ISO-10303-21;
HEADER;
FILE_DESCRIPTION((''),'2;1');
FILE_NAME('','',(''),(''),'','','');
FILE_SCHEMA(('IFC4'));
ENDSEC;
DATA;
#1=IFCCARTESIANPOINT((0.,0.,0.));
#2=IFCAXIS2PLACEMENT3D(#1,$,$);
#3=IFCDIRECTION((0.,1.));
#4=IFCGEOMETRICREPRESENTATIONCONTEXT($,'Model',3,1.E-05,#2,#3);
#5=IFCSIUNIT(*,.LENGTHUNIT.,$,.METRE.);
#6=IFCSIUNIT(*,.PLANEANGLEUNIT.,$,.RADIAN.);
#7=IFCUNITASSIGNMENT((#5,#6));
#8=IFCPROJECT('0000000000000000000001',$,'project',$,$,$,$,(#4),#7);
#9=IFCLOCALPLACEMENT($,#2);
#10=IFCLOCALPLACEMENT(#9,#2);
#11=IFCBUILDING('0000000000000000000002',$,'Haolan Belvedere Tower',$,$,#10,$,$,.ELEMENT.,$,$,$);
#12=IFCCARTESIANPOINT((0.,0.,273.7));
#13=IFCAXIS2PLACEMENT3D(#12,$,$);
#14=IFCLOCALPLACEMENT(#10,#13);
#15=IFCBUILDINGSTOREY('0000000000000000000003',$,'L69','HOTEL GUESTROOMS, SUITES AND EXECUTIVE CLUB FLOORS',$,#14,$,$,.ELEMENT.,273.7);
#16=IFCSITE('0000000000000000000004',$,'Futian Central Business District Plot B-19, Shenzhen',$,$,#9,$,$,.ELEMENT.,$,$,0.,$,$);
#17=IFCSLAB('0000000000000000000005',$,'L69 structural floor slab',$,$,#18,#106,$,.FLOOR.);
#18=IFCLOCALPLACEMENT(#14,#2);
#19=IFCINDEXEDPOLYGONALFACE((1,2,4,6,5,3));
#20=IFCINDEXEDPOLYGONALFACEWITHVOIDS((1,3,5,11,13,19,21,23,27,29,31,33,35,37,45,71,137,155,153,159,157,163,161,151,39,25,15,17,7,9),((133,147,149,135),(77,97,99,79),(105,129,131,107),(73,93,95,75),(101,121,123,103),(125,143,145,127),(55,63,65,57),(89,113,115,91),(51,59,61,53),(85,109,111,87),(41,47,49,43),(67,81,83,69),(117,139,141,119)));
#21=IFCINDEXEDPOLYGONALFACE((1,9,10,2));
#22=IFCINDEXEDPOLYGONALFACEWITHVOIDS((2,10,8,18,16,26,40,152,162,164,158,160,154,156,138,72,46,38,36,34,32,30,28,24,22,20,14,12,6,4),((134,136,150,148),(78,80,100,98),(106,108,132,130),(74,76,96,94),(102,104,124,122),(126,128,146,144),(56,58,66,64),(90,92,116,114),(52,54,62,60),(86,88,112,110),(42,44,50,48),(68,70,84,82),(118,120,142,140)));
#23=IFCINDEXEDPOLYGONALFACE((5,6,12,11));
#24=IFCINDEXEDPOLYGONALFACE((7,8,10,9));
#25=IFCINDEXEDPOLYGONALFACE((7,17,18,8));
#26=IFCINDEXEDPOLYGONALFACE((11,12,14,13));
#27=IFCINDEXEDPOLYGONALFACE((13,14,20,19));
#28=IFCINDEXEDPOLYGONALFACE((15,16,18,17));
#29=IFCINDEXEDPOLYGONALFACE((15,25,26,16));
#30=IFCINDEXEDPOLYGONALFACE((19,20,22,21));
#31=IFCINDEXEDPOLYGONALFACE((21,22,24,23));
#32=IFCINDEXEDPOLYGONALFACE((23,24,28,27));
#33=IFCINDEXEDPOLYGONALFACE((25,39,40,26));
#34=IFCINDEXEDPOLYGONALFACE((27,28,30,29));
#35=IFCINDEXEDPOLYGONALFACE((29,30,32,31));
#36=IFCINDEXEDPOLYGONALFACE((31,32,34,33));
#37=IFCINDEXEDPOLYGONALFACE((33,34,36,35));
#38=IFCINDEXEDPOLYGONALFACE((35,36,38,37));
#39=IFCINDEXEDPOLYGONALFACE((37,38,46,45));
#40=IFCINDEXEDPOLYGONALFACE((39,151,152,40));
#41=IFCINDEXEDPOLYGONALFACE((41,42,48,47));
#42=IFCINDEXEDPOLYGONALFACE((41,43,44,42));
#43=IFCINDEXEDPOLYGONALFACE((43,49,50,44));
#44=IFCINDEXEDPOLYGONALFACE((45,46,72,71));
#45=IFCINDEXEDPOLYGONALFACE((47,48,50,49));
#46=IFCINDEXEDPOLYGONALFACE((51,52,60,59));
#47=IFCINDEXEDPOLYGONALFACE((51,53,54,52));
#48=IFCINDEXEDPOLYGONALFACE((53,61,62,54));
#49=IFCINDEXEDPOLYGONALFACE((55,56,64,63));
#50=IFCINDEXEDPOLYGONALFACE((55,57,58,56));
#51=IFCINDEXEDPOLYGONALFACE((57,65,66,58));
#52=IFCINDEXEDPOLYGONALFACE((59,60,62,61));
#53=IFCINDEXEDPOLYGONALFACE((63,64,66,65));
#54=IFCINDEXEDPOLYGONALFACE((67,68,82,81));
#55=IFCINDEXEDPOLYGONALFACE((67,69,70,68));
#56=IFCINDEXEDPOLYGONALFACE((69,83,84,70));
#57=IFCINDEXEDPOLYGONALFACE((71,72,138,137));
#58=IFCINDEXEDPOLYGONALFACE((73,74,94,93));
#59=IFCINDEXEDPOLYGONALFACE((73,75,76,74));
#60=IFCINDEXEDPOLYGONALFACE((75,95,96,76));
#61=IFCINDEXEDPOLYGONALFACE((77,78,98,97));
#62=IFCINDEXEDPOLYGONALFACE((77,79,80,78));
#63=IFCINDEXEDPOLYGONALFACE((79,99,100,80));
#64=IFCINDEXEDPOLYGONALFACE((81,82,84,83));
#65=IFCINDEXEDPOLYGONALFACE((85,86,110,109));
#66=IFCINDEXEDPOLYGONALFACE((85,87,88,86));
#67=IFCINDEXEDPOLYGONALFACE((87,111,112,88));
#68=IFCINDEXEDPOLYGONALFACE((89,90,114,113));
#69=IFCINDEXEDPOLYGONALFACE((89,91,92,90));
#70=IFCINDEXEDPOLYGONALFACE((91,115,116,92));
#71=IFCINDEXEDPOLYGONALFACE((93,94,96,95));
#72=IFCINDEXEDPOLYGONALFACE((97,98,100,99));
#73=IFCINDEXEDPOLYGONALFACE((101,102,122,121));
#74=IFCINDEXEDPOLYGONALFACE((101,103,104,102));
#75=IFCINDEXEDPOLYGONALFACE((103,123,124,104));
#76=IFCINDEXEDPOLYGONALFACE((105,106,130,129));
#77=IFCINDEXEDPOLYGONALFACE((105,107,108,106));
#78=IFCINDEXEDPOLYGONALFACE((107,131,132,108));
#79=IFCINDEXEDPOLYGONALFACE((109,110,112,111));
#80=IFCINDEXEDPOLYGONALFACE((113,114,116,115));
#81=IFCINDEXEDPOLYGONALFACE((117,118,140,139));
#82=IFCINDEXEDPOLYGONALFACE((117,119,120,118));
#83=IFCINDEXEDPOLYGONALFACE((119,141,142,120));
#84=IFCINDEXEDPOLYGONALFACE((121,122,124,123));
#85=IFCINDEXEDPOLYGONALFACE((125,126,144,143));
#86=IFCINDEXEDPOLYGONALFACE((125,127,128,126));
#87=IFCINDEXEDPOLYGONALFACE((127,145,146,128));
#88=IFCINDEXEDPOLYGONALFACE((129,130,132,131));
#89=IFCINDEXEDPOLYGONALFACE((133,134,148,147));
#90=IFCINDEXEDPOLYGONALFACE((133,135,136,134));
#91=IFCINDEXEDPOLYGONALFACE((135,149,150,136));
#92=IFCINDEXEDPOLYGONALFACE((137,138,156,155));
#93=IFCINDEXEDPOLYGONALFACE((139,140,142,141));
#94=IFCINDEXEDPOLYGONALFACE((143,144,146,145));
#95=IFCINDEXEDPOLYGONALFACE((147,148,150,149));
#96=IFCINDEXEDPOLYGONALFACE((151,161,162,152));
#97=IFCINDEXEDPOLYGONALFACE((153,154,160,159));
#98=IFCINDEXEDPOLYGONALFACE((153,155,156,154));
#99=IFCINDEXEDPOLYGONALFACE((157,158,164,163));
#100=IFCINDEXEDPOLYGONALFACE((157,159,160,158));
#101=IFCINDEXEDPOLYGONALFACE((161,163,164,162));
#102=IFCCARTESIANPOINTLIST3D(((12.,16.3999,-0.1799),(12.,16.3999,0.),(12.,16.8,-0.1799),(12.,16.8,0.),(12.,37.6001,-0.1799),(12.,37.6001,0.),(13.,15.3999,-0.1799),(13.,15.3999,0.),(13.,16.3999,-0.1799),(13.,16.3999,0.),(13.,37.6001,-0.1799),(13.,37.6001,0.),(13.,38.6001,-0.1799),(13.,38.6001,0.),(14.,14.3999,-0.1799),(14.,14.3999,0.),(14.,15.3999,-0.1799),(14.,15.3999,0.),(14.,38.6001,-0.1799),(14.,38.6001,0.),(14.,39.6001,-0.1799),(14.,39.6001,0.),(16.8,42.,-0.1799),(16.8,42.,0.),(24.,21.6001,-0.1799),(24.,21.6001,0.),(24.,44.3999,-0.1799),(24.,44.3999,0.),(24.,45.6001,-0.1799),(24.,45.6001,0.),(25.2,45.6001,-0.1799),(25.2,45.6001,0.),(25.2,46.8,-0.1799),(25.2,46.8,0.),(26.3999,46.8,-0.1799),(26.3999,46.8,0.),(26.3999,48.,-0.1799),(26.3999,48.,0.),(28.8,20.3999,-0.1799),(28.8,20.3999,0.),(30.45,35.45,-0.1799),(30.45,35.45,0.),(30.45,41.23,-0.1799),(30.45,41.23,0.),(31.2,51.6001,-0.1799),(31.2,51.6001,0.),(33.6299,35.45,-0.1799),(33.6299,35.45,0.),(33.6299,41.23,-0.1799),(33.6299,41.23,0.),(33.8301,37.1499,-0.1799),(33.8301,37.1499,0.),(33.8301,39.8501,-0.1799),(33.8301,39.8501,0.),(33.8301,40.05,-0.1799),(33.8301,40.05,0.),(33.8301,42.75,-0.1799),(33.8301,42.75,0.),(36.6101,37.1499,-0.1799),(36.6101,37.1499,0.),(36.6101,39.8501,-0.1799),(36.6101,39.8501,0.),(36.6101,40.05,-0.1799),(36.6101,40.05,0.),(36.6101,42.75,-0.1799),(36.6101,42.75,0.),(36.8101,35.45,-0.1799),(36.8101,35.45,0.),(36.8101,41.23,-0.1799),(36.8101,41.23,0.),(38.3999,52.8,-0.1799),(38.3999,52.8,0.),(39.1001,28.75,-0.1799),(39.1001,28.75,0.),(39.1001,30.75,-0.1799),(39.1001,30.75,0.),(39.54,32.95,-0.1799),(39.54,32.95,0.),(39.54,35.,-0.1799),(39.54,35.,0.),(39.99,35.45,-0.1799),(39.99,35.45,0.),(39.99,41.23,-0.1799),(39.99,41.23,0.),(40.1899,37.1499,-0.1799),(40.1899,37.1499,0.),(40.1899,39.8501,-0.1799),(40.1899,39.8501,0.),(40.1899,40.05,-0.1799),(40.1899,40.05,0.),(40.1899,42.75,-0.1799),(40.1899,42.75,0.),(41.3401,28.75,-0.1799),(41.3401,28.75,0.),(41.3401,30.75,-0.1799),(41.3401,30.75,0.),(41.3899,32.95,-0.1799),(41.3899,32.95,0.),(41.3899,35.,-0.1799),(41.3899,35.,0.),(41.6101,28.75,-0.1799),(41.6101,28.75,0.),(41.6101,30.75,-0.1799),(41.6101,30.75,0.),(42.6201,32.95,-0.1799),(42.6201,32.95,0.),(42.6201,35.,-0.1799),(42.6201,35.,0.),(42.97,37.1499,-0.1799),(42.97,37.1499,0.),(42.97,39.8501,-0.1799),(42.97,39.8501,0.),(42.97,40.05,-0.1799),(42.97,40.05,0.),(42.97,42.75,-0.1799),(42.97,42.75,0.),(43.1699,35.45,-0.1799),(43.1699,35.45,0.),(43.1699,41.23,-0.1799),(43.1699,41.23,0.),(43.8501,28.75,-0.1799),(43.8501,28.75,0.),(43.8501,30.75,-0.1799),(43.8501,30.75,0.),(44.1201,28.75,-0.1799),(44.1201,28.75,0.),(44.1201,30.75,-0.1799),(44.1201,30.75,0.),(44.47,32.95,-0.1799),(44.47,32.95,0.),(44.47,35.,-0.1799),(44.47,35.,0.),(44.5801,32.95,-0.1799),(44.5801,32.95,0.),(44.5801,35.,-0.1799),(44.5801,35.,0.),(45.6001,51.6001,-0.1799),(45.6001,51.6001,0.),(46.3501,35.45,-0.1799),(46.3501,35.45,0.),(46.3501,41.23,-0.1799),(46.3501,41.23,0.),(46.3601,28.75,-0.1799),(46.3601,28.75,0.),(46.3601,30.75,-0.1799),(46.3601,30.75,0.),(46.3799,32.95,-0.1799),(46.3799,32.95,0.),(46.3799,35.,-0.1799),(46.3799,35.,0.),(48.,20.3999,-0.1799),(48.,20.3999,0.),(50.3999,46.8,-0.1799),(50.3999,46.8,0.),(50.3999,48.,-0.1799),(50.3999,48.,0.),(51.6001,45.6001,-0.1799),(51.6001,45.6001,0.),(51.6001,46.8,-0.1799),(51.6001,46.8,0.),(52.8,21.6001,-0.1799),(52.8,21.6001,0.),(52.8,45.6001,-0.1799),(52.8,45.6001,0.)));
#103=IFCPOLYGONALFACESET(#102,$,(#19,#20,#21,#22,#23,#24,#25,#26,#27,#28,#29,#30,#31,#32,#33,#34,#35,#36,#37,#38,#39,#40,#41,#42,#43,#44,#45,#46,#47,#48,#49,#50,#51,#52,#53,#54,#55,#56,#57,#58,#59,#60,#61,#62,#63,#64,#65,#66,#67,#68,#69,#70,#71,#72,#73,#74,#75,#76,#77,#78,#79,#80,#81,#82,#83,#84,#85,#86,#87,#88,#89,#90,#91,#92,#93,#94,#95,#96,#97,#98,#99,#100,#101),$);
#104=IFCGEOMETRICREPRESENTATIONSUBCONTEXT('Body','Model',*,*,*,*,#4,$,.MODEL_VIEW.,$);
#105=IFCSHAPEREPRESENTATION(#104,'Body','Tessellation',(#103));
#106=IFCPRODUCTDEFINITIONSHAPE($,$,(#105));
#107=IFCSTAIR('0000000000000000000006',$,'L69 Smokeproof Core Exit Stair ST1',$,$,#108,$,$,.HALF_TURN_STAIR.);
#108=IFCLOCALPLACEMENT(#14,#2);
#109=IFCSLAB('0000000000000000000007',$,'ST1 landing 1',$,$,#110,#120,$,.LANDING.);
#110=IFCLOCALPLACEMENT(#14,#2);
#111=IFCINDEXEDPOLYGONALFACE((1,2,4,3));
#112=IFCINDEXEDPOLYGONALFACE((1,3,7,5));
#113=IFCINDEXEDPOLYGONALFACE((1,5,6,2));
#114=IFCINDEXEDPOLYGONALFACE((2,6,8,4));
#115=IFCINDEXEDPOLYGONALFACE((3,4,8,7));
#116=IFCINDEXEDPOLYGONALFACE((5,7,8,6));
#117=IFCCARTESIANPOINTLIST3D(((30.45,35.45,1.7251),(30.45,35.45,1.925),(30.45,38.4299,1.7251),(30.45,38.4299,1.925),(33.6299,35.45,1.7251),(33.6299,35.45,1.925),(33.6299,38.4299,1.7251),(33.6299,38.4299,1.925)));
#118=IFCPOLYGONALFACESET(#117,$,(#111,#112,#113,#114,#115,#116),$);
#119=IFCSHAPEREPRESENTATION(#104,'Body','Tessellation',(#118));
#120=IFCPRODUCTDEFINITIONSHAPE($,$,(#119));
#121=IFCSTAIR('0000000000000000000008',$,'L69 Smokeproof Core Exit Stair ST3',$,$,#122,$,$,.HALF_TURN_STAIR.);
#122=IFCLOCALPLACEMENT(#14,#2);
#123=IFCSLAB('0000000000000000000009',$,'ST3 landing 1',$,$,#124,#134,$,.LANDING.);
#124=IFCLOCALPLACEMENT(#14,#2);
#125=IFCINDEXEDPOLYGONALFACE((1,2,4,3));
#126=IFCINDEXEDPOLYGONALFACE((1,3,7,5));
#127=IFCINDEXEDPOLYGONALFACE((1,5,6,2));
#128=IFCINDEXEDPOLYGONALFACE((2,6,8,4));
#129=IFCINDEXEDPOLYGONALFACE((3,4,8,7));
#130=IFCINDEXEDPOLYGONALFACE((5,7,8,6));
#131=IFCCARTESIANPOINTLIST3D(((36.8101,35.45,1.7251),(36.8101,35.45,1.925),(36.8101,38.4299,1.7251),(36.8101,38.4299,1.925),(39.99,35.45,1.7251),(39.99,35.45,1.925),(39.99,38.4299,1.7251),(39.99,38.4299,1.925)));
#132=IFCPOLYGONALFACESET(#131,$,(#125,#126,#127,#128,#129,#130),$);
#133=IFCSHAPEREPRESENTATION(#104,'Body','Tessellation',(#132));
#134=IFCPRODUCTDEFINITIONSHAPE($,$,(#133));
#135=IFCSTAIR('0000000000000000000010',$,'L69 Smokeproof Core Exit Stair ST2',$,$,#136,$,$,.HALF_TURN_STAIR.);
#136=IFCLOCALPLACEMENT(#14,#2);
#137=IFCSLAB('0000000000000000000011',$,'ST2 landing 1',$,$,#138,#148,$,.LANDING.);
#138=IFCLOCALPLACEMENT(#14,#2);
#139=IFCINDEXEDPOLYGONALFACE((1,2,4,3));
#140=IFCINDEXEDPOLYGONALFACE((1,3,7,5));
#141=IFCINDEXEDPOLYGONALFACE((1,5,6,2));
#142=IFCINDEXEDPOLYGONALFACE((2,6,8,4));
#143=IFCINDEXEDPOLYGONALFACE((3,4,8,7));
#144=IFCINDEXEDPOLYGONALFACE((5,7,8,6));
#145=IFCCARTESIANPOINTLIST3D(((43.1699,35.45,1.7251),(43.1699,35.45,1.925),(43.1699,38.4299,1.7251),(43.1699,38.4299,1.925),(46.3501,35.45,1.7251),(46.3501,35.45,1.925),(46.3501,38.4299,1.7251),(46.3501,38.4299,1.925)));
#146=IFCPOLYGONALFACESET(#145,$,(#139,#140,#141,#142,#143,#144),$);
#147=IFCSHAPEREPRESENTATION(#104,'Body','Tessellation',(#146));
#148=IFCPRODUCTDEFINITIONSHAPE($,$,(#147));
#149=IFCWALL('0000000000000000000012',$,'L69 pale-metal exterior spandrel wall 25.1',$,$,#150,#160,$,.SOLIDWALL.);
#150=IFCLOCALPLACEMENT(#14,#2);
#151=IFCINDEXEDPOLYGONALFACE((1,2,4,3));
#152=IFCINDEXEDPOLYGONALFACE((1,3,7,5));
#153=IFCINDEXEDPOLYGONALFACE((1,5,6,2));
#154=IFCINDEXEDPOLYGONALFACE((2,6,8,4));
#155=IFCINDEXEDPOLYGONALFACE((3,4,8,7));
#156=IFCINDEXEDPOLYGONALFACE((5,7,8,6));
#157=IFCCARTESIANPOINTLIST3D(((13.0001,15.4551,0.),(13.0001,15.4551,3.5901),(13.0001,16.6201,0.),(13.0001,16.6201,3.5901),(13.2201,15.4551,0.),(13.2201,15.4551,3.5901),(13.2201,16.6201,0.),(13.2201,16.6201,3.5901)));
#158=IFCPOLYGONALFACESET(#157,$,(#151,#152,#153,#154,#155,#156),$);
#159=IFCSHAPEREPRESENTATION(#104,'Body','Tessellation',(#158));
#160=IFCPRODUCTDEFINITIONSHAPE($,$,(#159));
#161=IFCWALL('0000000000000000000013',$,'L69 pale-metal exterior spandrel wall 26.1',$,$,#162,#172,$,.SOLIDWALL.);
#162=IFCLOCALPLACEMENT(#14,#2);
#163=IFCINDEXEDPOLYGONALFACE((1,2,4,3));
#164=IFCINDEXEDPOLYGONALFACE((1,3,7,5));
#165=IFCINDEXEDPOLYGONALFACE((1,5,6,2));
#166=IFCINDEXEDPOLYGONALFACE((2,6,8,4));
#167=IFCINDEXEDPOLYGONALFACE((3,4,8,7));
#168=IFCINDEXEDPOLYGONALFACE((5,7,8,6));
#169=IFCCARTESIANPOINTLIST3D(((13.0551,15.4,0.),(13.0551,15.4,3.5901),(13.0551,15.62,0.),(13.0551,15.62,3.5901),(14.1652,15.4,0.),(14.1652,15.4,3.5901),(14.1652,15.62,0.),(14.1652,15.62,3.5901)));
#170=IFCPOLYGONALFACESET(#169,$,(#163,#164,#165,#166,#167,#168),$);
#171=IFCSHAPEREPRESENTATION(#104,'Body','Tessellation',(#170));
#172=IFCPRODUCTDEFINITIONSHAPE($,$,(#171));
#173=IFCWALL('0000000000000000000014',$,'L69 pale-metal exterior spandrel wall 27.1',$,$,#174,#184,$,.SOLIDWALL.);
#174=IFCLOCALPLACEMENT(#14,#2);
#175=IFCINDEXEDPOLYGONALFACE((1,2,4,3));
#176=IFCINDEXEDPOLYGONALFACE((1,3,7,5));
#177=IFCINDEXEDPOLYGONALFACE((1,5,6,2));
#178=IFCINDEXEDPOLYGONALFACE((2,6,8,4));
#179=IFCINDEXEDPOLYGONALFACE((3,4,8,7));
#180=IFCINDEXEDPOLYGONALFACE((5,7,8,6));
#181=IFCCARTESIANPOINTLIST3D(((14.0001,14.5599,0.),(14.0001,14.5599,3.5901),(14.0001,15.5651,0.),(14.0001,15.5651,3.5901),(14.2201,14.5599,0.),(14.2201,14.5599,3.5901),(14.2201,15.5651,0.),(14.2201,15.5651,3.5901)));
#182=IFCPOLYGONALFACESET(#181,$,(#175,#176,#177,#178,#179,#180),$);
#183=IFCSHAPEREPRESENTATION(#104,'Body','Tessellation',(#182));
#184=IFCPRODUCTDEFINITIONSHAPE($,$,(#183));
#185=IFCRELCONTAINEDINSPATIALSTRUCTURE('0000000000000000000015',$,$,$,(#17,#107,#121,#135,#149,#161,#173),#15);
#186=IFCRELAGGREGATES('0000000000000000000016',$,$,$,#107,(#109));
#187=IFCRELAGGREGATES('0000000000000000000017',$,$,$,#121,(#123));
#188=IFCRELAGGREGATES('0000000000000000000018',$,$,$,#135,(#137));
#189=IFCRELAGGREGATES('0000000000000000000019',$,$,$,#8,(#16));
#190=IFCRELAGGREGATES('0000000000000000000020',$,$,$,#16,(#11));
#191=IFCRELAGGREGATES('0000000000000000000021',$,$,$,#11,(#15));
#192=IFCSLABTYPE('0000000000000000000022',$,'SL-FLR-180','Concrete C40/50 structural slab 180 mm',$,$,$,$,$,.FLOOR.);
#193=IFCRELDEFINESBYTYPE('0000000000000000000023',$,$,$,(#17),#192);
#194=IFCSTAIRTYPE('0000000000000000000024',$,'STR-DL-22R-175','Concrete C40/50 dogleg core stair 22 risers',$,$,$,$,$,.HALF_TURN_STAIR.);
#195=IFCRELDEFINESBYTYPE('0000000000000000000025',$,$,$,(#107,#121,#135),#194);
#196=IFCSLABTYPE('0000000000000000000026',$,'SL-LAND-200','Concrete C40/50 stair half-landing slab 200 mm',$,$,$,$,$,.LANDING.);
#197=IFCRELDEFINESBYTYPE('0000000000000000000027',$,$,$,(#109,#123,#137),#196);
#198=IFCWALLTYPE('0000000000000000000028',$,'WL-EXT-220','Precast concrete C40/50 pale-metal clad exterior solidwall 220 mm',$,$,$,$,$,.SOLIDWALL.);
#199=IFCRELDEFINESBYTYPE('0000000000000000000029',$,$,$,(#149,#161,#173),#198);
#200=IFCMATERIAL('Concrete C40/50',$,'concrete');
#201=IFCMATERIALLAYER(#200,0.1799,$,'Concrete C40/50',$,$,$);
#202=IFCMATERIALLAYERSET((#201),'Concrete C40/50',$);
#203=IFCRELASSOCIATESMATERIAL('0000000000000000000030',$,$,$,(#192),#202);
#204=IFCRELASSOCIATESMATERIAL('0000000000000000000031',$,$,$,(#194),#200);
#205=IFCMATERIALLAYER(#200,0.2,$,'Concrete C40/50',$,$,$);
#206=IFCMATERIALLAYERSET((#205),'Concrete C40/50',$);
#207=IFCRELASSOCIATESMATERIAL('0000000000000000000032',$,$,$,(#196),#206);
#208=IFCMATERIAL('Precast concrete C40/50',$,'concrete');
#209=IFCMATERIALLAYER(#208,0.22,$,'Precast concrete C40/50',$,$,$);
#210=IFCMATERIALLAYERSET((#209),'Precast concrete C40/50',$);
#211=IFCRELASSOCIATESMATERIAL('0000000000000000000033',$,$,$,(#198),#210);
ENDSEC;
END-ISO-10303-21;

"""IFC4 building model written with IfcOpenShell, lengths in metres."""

from ifc_helpers import new_model, si_unit, direction, frame, frame_2d, origin, place, context, subcontext, project, spatial, polyline, rectangle, outline, extrude, material, layer, layer_set, type_object, element, aggregate, save


model = new_model("IFC4")

# Units and contexts
model_context = context("Model", 3, precision=1e-05, world=origin(), true_north=direction((0.0, 1.0)))
body_context = subcontext(model_context, "Body", "Model", "MODEL_VIEW")
ifc_project = project(units=[si_unit("LENGTHUNIT", "METRE"), si_unit("PLANEANGLEUNIT", "RADIAN")], contexts=[model_context])

# Site, building, storey
site_placement = place(None, origin())
site = spatial("IfcSite", under=ifc_project, at=site_placement, Name="Futian Central Business District Plot B-19, Shenzhen", CompositionType="ELEMENT", RefElevation=0.0)
building_placement = place(site_placement, origin())
building = spatial("IfcBuilding", under=site, at=building_placement, Name="Haolan Belvedere Tower", CompositionType="ELEMENT")
storey_placement = place(building_placement, frame((0.0, 0.0, 273.7)))
storey = spatial("IfcBuildingStorey", under=building, at=storey_placement, Name="L69", Description="HOTEL GUESTROOMS, SUITES AND EXECUTIVE CLUB FLOORS", CompositionType="ELEMENT", Elevation=273.7)

# Slab
ifc_material_1 = material(Name="Concrete C40/50", Category="concrete")
ifc_layer_1 = layer(ifc_material_1, 0.1799, Name="Concrete C40/50")
ifc_layer_set_1 = layer_set([ifc_layer_1], Name="Concrete C40/50")
slab_type_1 = type_object("IfcSlabType", Name="SL-FLR-180", Description="Concrete C40/50 structural slab 180 mm", PredefinedType="FLOOR", material=ifc_layer_set_1)
slab_1_placement = place(storey_placement, frame((0.0, 0.0, -0.1799)))
element("IfcSlab", 1, at=slab_1_placement, inside=storey, type_object=slab_type_1, Name="L69 structural floor slab", PredefinedType="FLOOR", context=body_context, shape_type="SweptSolid", body=[
    extrude(outline(polyline([(24.0, 21.6001), (28.8, 20.3999), (48.0, 20.3999), (52.8, 21.6001), (52.8, 45.6001), (51.6001, 45.6001), (51.6001, 46.8), (50.3999, 46.8), (50.3999, 48.0), (45.6001, 51.6001), (38.3999, 52.8), (31.2, 51.6001), (26.3999, 48.0), (26.3999, 46.8), (25.2, 46.8), (25.2, 45.6001), (24.0, 45.6001), (24.0, 44.3999), (16.8, 42.0), (14.0, 39.6001), (14.0, 38.6001), (13.0, 38.6001), (13.0, 37.6001), (12.0, 37.6001), (12.0, 16.8), (12.0, 16.3999), (13.0, 16.3999), (13.0, 15.3999), (14.0, 15.3999), (14.0, 14.3999), (24.0, 21.6001)]), holes=[polyline([(30.45, 41.23), (30.45, 35.45), (33.6299, 35.45), (33.6299, 41.23), (30.45, 41.23)]), polyline([(36.8101, 41.23), (36.8101, 35.45), (39.99, 35.45), (39.99, 41.23), (36.8101, 41.23)]), polyline([(43.1699, 41.23), (43.1699, 35.45), (46.3501, 35.45), (46.3501, 41.23), (43.1699, 41.23)]), polyline([(33.8301, 40.05), (36.6101, 40.05), (36.6101, 42.75), (33.8301, 42.75), (33.8301, 40.05)]), polyline([(33.8301, 37.1499), (36.6101, 37.1499), (36.6101, 39.8501), (33.8301, 39.8501), (33.8301, 37.1499)]), polyline([(40.1899, 40.05), (42.97, 40.05), (42.97, 42.75), (40.1899, 42.75), (40.1899, 40.05)]), polyline([(40.1899, 37.1499), (42.97, 37.1499), (42.97, 39.8501), (40.1899, 39.8501), (40.1899, 37.1499)]), polyline([(39.54, 32.95), (41.3899, 32.95), (41.3899, 35.0), (39.54, 35.0), (39.54, 32.95)]), polyline([(42.6201, 32.95), (44.47, 32.95), (44.47, 35.0), (42.6201, 35.0), (42.6201, 32.95)]), polyline([(44.5801, 32.95), (46.3799, 32.95), (46.3799, 35.0), (44.5801, 35.0), (44.5801, 32.95)]), polyline([(39.1001, 28.75), (41.3401, 28.75), (41.3401, 30.75), (39.1001, 30.75), (39.1001, 28.75)]), polyline([(41.6101, 28.75), (43.8501, 28.75), (43.8501, 30.75), (41.6101, 30.75), (41.6101, 28.75)]), polyline([(44.1201, 28.75), (46.3601, 28.75), (46.3601, 30.75), (44.1201, 30.75), (44.1201, 28.75)])]), origin(), (0.0, 0.0, 1.0), 0.1799),
])

# Stairs, slabs
stair_type = type_object("IfcStairType", Name="STR-DL-22R-175", Description="Concrete C40/50 dogleg core stair 22 risers", PredefinedType="HALF_TURN_STAIR", material=ifc_material_1)
stair_1_placement = place(storey_placement, origin())
stair_1 = element("IfcStair", 2, at=stair_1_placement, inside=storey, type_object=stair_type, Name="L69 Smokeproof Core Exit Stair ST1", PredefinedType="HALF_TURN_STAIR")
ifc_layer_2 = layer(ifc_material_1, 0.2, Name="Concrete C40/50")
ifc_layer_set_2 = layer_set([ifc_layer_2], Name="Concrete C40/50")
slab_type_2 = type_object("IfcSlabType", Name="SL-LAND-200", Description="Concrete C40/50 stair half-landing slab 200 mm", PredefinedType="LANDING", material=ifc_layer_set_2)
slab_2_placement = place(storey_placement, frame((0.0, 0.0, 1.7251)))
slab_2 = element("IfcSlab", 3, at=slab_2_placement, type_object=slab_type_2, Name="ST1 landing 1", PredefinedType="LANDING", context=body_context, shape_type="SweptSolid", body=[
    extrude(outline(polyline([(30.45, 38.4299), (30.45, 35.45), (33.6299, 35.45), (33.6299, 38.4299), (30.45, 38.4299)])), origin(), (0.0, 0.0, 1.0), 0.2),
])
aggregate(stair_1, [slab_2])
stair_2_placement = place(storey_placement, origin())
stair_2 = element("IfcStair", 4, at=stair_2_placement, inside=storey, type_object=stair_type, Name="L69 Smokeproof Core Exit Stair ST3", PredefinedType="HALF_TURN_STAIR")
slab_3_placement = place(storey_placement, frame((0.0, 0.0, 1.7251)))
slab_3 = element("IfcSlab", 5, at=slab_3_placement, type_object=slab_type_2, Name="ST3 landing 1", PredefinedType="LANDING", context=body_context, shape_type="SweptSolid", body=[
    extrude(outline(polyline([(36.8101, 38.4299), (36.8101, 35.45), (39.99, 35.45), (39.99, 38.4299), (36.8101, 38.4299)])), origin(), (0.0, 0.0, 1.0), 0.2),
])
aggregate(stair_2, [slab_3])
stair_3_placement = place(storey_placement, origin())
stair_3 = element("IfcStair", 6, at=stair_3_placement, inside=storey, type_object=stair_type, Name="L69 Smokeproof Core Exit Stair ST2", PredefinedType="HALF_TURN_STAIR")
slab_4_placement = place(storey_placement, frame((0.0, 0.0, 1.7251)))
slab_4 = element("IfcSlab", 7, at=slab_4_placement, type_object=slab_type_2, Name="ST2 landing 1", PredefinedType="LANDING", context=body_context, shape_type="SweptSolid", body=[
    extrude(outline(polyline([(43.1699, 38.4299), (43.1699, 35.45), (46.3501, 35.45), (46.3501, 38.4299), (43.1699, 38.4299)])), origin(), (0.0, 0.0, 1.0), 0.2),
])
aggregate(stair_3, [slab_4])

# Walls
ifc_material_2 = material(Name="Precast concrete C40/50", Category="concrete")
ifc_layer_3 = layer(ifc_material_2, 0.22, Name="Precast concrete C40/50")
ifc_layer_set_3 = layer_set([ifc_layer_3], Name="Precast concrete C40/50")
wall_type_1 = type_object("IfcWallType", Name="WL-EXT-220", Description="Precast concrete C40/50 pale-metal clad exterior solidwall 220 mm", PredefinedType="SOLIDWALL", material=ifc_layer_set_3)
wall_1_placement = place(storey_placement, frame((13.1101, 16.6201, 0.0), z_axis=(0.0, 0.0, 1.0), x_axis=(0.0, -1.0, 0.0)))
element("IfcWall", 8, at=wall_1_placement, inside=storey, type_object=wall_type_1, Name="L69 pale-metal exterior spandrel wall 25.1", PredefinedType="SOLIDWALL", context=body_context, shape_type="SweptSolid", body=[
    extrude(rectangle(XDim=1.165, YDim=0.22, at=frame_2d((0.5825, 0.0))), origin(), (0.0, 0.0, 1.0), 3.5901),
])
wall_2_placement = place(storey_placement, frame((13.0549, 15.51, 0.0), z_axis=(0.0, 0.0, 1.0), x_axis=(1.0, 0.0, 0.0)))
element("IfcWall", 9, at=wall_2_placement, inside=storey, type_object=wall_type_1, Name="L69 pale-metal exterior spandrel wall 26.1", PredefinedType="SOLIDWALL", context=body_context, shape_type="SweptSolid", body=[
    extrude(rectangle(XDim=1.1101, YDim=0.22, at=frame_2d((0.5552, 0.0))), origin(), (0.0, 0.0, 1.0), 3.5901),
])
wall_3_placement = place(storey_placement, frame((14.1101, 15.5649, 0.0), z_axis=(0.0, 0.0, 1.0), x_axis=(0.0, -1.0, 0.0)))
element("IfcWall", 10, at=wall_3_placement, inside=storey, type_object=wall_type_1, Name="L69 pale-metal exterior spandrel wall 27.1", PredefinedType="SOLIDWALL", context=body_context, shape_type="SweptSolid", body=[
    extrude(rectangle(XDim=1.0051, YDim=0.22, at=frame_2d((0.5024, 0.0))), origin(), (0.0, 0.0, 1.0), 3.5901),
])

save(model, "model.ifc")
